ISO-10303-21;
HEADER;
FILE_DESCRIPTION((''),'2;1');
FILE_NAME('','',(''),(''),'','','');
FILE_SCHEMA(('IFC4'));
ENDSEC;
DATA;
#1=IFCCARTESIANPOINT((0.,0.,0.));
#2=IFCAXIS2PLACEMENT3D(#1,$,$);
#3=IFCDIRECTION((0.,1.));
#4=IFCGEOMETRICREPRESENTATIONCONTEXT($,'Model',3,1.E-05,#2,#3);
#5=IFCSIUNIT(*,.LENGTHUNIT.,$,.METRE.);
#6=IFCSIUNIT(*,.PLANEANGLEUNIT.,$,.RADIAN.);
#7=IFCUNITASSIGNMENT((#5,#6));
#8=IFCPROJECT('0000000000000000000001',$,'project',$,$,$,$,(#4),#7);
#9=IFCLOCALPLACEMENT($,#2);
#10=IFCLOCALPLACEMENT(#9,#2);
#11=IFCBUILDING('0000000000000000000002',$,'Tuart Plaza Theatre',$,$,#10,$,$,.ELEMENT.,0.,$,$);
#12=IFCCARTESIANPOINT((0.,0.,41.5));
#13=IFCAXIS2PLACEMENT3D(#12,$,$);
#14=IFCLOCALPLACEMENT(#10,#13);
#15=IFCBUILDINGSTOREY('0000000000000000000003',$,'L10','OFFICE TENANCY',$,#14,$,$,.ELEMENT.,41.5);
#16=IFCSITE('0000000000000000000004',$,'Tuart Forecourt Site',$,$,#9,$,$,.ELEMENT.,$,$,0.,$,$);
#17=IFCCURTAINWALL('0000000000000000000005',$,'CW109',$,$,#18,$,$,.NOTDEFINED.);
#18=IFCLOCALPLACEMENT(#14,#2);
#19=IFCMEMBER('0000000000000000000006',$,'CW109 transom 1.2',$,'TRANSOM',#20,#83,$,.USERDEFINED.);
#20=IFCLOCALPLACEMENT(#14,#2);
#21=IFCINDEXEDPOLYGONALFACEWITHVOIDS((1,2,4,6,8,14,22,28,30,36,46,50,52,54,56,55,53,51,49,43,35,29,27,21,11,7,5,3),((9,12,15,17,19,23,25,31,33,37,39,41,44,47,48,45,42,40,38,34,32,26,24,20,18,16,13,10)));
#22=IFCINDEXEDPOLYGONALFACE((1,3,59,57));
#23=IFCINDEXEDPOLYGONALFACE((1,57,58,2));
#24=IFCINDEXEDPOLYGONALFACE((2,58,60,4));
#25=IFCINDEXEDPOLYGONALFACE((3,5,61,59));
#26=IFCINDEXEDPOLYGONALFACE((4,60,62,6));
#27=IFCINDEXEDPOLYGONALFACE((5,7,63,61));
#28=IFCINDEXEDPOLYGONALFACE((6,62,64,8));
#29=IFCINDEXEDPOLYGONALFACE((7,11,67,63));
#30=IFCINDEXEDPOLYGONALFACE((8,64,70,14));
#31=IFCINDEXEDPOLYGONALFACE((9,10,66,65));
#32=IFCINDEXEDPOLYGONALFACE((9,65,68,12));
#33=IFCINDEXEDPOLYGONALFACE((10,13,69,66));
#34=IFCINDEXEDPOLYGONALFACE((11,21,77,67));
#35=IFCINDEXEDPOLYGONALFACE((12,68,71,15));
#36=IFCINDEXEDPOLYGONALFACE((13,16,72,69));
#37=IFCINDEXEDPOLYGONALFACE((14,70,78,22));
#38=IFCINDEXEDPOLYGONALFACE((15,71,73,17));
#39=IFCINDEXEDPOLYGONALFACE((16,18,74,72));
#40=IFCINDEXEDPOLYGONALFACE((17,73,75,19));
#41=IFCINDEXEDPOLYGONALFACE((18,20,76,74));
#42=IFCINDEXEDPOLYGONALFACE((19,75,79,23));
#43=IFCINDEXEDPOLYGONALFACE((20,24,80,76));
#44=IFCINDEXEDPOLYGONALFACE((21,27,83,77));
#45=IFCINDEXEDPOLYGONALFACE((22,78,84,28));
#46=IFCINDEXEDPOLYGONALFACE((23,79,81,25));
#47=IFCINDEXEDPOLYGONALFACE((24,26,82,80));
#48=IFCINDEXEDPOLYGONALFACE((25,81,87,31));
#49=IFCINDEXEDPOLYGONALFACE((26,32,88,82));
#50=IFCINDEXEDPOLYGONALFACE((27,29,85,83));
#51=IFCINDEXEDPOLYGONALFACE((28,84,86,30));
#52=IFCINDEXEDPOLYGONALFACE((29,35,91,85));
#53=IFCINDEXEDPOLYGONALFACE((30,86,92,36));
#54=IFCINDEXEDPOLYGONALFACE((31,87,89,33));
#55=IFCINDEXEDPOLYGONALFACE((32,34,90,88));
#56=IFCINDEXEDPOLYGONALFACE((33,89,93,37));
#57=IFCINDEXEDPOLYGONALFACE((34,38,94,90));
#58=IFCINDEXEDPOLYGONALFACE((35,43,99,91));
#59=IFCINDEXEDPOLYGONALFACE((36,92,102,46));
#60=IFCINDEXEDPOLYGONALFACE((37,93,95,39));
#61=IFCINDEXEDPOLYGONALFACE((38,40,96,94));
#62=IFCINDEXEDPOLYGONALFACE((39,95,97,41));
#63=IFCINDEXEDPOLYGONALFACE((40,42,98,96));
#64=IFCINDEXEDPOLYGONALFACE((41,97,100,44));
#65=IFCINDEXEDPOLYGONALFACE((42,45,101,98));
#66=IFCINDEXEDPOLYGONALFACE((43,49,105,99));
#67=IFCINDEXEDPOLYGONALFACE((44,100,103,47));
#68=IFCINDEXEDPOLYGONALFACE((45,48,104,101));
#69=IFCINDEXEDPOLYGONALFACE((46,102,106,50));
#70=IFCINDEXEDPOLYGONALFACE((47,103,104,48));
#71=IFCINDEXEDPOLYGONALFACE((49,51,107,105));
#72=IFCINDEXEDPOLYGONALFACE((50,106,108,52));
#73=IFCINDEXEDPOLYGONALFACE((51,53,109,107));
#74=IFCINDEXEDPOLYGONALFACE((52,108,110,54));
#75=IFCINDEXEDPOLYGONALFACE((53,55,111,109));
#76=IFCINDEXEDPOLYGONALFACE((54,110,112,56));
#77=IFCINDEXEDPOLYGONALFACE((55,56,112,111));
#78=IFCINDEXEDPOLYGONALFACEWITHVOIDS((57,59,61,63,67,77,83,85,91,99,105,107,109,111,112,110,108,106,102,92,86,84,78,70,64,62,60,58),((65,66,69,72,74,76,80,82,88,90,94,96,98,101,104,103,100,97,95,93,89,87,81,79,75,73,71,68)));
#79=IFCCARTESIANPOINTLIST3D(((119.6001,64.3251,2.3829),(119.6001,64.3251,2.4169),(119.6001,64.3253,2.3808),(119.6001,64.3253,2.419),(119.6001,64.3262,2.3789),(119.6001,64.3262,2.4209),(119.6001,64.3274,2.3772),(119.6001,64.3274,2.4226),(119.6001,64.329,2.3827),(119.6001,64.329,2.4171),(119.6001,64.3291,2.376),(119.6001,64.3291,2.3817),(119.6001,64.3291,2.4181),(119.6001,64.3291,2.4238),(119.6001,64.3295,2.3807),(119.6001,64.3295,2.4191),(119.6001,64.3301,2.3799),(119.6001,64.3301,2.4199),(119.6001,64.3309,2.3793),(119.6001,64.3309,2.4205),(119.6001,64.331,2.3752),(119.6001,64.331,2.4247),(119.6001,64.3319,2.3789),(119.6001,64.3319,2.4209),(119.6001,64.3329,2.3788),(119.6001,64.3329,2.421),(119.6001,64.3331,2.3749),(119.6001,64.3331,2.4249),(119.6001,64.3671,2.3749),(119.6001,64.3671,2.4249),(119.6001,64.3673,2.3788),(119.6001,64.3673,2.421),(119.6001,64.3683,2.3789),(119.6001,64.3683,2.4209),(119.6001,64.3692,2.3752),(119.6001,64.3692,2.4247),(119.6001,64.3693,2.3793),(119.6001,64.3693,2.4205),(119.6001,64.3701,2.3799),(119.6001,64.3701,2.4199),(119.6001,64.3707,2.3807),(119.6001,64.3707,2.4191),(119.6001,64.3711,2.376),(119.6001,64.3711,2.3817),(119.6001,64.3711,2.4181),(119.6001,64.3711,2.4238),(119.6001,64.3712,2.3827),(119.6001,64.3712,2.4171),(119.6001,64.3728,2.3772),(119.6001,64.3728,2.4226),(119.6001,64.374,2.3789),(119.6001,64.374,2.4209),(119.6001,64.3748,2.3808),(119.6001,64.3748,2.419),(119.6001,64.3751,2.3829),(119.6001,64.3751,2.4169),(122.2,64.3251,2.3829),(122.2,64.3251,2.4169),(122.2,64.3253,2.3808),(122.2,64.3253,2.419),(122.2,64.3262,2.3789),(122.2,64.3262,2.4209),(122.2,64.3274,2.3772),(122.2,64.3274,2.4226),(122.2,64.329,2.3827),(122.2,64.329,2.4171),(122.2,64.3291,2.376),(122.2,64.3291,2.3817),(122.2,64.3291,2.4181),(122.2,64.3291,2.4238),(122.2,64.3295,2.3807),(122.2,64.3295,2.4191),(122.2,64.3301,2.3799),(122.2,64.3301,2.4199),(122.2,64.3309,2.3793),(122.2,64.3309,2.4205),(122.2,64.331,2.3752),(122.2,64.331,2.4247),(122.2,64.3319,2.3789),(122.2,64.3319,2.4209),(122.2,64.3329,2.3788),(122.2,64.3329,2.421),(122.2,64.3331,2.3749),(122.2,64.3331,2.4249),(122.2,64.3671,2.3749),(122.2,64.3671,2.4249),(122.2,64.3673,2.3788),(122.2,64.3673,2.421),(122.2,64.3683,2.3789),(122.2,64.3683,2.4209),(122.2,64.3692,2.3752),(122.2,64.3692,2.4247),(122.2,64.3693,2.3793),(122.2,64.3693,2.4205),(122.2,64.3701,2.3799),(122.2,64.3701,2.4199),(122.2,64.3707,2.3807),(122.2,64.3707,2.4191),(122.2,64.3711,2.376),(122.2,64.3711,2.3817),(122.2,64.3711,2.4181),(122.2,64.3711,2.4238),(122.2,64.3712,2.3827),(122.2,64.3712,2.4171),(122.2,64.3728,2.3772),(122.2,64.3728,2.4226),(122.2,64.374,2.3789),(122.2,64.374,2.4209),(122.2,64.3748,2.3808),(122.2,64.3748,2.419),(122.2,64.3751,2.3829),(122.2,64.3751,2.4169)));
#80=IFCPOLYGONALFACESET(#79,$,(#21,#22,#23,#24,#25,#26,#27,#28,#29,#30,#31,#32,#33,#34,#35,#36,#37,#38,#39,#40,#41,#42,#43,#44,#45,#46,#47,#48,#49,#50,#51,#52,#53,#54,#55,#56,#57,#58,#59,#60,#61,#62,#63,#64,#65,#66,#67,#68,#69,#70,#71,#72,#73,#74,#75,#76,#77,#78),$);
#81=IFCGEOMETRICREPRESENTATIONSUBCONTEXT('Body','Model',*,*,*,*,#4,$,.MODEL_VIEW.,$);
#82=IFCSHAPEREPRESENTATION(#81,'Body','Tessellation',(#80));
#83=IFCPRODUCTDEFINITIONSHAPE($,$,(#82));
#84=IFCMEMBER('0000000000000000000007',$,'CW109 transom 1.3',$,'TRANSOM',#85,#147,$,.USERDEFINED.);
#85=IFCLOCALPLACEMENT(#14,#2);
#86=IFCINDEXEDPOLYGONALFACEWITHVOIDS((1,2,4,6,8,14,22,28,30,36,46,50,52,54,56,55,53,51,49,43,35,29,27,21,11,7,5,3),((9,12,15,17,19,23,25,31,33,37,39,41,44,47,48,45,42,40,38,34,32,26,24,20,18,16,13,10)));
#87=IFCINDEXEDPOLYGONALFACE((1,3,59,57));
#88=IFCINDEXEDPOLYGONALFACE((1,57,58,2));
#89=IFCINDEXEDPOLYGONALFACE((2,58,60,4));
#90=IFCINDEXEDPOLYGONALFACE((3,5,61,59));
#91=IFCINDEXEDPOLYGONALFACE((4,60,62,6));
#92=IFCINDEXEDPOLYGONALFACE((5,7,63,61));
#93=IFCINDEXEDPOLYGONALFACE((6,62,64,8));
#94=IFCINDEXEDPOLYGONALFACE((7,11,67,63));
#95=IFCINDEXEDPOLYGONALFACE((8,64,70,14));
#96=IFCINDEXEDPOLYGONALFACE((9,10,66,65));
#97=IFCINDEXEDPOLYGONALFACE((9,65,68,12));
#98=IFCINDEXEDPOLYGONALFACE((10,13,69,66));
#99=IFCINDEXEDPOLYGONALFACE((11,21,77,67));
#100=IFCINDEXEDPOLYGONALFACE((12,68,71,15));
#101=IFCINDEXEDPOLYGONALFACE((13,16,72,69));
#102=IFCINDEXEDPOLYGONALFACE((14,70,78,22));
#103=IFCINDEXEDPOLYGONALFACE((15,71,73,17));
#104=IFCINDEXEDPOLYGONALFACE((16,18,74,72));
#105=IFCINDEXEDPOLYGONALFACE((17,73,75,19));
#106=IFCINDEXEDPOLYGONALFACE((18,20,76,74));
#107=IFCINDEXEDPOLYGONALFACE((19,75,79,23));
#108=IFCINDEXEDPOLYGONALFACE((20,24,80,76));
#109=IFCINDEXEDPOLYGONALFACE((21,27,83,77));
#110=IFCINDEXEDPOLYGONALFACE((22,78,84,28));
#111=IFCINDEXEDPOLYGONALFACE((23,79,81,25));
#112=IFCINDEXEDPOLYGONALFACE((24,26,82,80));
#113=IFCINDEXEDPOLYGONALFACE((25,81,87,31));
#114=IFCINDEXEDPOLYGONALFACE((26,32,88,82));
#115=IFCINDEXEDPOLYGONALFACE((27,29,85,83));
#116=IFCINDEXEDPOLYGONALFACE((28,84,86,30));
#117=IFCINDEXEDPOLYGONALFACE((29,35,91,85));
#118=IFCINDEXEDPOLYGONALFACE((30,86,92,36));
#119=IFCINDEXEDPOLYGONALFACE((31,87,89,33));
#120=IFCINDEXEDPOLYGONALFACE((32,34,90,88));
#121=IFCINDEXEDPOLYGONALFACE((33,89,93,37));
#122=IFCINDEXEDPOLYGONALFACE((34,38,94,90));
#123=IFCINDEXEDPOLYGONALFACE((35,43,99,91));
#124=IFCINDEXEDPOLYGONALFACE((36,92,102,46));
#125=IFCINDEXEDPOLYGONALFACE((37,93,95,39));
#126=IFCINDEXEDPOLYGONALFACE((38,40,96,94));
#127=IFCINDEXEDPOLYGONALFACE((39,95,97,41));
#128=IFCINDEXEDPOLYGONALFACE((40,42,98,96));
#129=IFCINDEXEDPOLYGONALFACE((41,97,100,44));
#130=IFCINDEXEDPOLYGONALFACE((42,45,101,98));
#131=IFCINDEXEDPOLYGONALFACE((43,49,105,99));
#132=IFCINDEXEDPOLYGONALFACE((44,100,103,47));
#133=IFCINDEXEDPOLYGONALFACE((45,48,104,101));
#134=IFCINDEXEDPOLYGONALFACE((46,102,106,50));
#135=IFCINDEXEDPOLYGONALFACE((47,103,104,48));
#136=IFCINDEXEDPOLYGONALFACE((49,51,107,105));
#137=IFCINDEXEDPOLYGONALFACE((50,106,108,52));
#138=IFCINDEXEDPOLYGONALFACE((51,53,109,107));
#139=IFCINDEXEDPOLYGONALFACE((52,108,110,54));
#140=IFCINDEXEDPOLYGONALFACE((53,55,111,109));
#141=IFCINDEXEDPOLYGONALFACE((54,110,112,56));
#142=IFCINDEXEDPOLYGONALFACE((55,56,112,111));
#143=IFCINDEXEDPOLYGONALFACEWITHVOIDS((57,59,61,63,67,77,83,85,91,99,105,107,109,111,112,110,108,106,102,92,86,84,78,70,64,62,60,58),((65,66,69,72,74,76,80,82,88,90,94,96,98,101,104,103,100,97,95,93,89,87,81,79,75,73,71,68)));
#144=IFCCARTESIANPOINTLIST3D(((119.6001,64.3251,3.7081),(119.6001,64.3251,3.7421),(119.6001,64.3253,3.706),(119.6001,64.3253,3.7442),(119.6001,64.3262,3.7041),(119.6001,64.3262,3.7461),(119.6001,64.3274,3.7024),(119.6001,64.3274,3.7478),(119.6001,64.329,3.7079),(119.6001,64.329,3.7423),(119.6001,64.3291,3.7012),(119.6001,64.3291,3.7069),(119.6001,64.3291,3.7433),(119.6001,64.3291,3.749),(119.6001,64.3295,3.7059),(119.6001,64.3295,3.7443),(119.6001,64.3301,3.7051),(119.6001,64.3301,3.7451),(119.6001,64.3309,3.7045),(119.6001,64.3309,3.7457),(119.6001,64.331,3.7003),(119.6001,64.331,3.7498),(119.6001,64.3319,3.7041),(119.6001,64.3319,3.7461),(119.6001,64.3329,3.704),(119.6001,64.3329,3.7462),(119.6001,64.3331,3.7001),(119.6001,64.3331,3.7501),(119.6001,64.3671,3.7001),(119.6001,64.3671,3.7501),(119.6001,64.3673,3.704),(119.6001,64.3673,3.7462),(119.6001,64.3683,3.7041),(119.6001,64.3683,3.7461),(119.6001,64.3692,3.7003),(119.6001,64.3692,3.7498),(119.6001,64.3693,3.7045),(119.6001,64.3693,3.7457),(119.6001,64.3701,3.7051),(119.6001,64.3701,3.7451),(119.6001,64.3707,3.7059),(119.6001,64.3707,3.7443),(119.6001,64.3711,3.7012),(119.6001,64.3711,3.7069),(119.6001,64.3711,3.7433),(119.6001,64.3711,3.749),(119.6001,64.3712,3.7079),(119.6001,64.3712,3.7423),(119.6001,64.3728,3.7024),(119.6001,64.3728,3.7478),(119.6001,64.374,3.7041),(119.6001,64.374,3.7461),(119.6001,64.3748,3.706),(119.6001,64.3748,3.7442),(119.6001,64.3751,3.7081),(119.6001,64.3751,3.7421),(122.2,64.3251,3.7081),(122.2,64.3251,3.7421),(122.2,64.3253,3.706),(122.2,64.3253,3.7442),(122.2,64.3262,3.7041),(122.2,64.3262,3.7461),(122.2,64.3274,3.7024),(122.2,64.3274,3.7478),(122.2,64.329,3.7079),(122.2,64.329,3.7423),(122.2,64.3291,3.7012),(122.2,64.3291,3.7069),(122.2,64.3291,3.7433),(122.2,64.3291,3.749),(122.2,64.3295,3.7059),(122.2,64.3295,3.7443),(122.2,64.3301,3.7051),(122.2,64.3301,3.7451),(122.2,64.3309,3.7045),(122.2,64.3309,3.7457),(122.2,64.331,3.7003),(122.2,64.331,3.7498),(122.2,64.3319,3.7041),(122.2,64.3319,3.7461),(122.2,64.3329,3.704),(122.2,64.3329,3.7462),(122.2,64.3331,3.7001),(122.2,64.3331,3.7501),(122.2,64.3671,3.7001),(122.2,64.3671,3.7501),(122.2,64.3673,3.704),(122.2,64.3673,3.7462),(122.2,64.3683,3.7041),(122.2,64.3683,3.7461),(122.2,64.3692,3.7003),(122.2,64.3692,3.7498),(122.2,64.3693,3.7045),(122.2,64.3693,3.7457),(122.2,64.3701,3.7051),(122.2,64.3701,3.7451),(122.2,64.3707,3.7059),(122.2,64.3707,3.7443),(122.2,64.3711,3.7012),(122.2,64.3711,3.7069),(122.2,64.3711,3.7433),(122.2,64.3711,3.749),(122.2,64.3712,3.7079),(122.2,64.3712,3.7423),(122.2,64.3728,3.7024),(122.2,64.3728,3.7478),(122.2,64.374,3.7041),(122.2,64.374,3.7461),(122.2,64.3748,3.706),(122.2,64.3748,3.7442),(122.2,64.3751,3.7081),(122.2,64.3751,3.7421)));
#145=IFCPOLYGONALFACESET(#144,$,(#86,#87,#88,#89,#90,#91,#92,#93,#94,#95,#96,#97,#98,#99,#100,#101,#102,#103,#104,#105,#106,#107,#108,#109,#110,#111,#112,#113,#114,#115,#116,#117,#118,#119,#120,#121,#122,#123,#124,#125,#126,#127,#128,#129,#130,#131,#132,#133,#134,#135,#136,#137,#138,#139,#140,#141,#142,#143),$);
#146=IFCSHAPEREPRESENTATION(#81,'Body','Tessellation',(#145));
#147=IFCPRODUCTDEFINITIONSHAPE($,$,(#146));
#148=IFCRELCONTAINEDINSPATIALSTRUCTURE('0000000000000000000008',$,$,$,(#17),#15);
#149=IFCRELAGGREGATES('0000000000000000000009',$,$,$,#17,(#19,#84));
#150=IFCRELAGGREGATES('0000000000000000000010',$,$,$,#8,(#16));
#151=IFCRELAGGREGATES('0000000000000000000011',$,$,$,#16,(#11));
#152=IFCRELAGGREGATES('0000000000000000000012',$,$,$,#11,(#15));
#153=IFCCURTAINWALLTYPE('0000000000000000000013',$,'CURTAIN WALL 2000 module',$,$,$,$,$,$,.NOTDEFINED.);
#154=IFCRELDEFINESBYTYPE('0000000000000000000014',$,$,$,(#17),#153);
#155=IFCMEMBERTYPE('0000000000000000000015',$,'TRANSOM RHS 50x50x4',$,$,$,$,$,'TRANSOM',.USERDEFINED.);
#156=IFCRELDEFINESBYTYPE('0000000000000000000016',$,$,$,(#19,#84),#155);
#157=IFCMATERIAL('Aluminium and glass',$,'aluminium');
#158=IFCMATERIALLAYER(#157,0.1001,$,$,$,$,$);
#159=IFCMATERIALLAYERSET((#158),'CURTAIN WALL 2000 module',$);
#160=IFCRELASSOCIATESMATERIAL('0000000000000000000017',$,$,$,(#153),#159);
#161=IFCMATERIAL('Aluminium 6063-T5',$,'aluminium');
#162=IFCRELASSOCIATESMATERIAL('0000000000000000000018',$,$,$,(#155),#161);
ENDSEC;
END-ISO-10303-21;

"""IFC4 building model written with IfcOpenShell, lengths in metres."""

from ifc_helpers import new_model, si_unit, direction, frame, origin, origin_2d, place, context, subcontext, project, spatial, hollow_rectangle, extrude, material, layer, layer_set, material_profile, profile_set, type_object, element, aggregate, save


model = new_model("IFC4")

# Units and contexts
model_context = context("Model", 3, precision=1e-05, world=origin(), true_north=direction((0.0, 1.0)))
body_context = subcontext(model_context, "Body", "Model", "MODEL_VIEW")
ifc_project = project(units=[si_unit("LENGTHUNIT", "METRE"), si_unit("PLANEANGLEUNIT", "RADIAN")], contexts=[model_context])

# Site, building, storey
site_placement = place(None, origin())
site = spatial("IfcSite", under=ifc_project, at=site_placement, Name="Tuart Forecourt Site", CompositionType="ELEMENT", RefElevation=0.0)
building_placement = place(site_placement, origin())
building = spatial("IfcBuilding", under=site, at=building_placement, Name="Tuart Plaza Theatre", CompositionType="ELEMENT", ElevationOfRefHeight=0.0)
storey_placement = place(building_placement, frame((0.0, 0.0, 41.5)))
storey = spatial("IfcBuildingStorey", under=building, at=storey_placement, Name="L10", Description="OFFICE TENANCY", CompositionType="ELEMENT", Elevation=41.5)

# Curtain wall
ifc_material_1 = material(Name="Aluminium and glass", Category="aluminium")
ifc_layer_1 = layer(ifc_material_1, 0.1001)
ifc_layer_set_1 = layer_set([ifc_layer_1], Name="CURTAIN WALL 2000 module")
curtain_wall_type = type_object("IfcCurtainWallType", Name="CURTAIN WALL 2000 module", PredefinedType="NOTDEFINED", material=ifc_layer_set_1)
curtain_wall_1_placement = place(storey_placement, origin())
curtain_wall_1 = element("IfcCurtainWall", 1, at=curtain_wall_1_placement, inside=storey, type_object=curtain_wall_type, Name="CW109", PredefinedType="NOTDEFINED")

# Members
ifc_material_2 = material(Name="Aluminium 6063-T5", Category="aluminium")
ifc_material_profile_1 = material_profile(ifc_material_2, hollow_rectangle(XDim=0.05, YDim=0.05, WallThickness=0.0039, InnerFilletRadius=0.0039, OuterFilletRadius=0.0081, at=origin_2d()), Name="RHS 50x50x4")
ifc_profile_set_1 = profile_set([ifc_material_profile_1], Name="Aluminium 6063-T5")
member_type_1 = type_object("IfcMemberType", Name="TRANSOM RHS 50x50x4", ElementType="TRANSOM", PredefinedType="USERDEFINED", material=ifc_profile_set_1)
member_1_placement = place(storey_placement, frame((119.6001, 64.3501, 2.3999), z_axis=(1.0, 0.0, 0.0), x_axis=(0.0, 1.0, 0.0)))
member_1 = element("IfcMember", 2, at=member_1_placement, type_object=member_type_1, Name="CW109 transom 1.2", ObjectType="TRANSOM", PredefinedType="USERDEFINED", context=body_context, shape_type="SweptSolid", body=[
    extrude(hollow_rectangle(XDim=0.05, YDim=0.05, WallThickness=0.0039, InnerFilletRadius=0.0039, OuterFilletRadius=0.0081, at=origin_2d()), origin(), (0.0, 0.0, 1.0), 2.5999),
])
member_2_placement = place(storey_placement, frame((119.6001, 64.3501, 3.7251), z_axis=(1.0, 0.0, 0.0), x_axis=(0.0, 1.0, 0.0)))
member_2 = element("IfcMember", 3, at=member_2_placement, type_object=member_type_1, Name="CW109 transom 1.3", ObjectType="TRANSOM", PredefinedType="USERDEFINED", context=body_context, shape_type="SweptSolid", body=[
    extrude(hollow_rectangle(XDim=0.05, YDim=0.05, WallThickness=0.0039, InnerFilletRadius=0.0039, OuterFilletRadius=0.0081, at=origin_2d()), origin(), (0.0, 0.0, 1.0), 2.5999),
])

aggregate(curtain_wall_1, [member_1, member_2])

save(model, "model.ifc")
